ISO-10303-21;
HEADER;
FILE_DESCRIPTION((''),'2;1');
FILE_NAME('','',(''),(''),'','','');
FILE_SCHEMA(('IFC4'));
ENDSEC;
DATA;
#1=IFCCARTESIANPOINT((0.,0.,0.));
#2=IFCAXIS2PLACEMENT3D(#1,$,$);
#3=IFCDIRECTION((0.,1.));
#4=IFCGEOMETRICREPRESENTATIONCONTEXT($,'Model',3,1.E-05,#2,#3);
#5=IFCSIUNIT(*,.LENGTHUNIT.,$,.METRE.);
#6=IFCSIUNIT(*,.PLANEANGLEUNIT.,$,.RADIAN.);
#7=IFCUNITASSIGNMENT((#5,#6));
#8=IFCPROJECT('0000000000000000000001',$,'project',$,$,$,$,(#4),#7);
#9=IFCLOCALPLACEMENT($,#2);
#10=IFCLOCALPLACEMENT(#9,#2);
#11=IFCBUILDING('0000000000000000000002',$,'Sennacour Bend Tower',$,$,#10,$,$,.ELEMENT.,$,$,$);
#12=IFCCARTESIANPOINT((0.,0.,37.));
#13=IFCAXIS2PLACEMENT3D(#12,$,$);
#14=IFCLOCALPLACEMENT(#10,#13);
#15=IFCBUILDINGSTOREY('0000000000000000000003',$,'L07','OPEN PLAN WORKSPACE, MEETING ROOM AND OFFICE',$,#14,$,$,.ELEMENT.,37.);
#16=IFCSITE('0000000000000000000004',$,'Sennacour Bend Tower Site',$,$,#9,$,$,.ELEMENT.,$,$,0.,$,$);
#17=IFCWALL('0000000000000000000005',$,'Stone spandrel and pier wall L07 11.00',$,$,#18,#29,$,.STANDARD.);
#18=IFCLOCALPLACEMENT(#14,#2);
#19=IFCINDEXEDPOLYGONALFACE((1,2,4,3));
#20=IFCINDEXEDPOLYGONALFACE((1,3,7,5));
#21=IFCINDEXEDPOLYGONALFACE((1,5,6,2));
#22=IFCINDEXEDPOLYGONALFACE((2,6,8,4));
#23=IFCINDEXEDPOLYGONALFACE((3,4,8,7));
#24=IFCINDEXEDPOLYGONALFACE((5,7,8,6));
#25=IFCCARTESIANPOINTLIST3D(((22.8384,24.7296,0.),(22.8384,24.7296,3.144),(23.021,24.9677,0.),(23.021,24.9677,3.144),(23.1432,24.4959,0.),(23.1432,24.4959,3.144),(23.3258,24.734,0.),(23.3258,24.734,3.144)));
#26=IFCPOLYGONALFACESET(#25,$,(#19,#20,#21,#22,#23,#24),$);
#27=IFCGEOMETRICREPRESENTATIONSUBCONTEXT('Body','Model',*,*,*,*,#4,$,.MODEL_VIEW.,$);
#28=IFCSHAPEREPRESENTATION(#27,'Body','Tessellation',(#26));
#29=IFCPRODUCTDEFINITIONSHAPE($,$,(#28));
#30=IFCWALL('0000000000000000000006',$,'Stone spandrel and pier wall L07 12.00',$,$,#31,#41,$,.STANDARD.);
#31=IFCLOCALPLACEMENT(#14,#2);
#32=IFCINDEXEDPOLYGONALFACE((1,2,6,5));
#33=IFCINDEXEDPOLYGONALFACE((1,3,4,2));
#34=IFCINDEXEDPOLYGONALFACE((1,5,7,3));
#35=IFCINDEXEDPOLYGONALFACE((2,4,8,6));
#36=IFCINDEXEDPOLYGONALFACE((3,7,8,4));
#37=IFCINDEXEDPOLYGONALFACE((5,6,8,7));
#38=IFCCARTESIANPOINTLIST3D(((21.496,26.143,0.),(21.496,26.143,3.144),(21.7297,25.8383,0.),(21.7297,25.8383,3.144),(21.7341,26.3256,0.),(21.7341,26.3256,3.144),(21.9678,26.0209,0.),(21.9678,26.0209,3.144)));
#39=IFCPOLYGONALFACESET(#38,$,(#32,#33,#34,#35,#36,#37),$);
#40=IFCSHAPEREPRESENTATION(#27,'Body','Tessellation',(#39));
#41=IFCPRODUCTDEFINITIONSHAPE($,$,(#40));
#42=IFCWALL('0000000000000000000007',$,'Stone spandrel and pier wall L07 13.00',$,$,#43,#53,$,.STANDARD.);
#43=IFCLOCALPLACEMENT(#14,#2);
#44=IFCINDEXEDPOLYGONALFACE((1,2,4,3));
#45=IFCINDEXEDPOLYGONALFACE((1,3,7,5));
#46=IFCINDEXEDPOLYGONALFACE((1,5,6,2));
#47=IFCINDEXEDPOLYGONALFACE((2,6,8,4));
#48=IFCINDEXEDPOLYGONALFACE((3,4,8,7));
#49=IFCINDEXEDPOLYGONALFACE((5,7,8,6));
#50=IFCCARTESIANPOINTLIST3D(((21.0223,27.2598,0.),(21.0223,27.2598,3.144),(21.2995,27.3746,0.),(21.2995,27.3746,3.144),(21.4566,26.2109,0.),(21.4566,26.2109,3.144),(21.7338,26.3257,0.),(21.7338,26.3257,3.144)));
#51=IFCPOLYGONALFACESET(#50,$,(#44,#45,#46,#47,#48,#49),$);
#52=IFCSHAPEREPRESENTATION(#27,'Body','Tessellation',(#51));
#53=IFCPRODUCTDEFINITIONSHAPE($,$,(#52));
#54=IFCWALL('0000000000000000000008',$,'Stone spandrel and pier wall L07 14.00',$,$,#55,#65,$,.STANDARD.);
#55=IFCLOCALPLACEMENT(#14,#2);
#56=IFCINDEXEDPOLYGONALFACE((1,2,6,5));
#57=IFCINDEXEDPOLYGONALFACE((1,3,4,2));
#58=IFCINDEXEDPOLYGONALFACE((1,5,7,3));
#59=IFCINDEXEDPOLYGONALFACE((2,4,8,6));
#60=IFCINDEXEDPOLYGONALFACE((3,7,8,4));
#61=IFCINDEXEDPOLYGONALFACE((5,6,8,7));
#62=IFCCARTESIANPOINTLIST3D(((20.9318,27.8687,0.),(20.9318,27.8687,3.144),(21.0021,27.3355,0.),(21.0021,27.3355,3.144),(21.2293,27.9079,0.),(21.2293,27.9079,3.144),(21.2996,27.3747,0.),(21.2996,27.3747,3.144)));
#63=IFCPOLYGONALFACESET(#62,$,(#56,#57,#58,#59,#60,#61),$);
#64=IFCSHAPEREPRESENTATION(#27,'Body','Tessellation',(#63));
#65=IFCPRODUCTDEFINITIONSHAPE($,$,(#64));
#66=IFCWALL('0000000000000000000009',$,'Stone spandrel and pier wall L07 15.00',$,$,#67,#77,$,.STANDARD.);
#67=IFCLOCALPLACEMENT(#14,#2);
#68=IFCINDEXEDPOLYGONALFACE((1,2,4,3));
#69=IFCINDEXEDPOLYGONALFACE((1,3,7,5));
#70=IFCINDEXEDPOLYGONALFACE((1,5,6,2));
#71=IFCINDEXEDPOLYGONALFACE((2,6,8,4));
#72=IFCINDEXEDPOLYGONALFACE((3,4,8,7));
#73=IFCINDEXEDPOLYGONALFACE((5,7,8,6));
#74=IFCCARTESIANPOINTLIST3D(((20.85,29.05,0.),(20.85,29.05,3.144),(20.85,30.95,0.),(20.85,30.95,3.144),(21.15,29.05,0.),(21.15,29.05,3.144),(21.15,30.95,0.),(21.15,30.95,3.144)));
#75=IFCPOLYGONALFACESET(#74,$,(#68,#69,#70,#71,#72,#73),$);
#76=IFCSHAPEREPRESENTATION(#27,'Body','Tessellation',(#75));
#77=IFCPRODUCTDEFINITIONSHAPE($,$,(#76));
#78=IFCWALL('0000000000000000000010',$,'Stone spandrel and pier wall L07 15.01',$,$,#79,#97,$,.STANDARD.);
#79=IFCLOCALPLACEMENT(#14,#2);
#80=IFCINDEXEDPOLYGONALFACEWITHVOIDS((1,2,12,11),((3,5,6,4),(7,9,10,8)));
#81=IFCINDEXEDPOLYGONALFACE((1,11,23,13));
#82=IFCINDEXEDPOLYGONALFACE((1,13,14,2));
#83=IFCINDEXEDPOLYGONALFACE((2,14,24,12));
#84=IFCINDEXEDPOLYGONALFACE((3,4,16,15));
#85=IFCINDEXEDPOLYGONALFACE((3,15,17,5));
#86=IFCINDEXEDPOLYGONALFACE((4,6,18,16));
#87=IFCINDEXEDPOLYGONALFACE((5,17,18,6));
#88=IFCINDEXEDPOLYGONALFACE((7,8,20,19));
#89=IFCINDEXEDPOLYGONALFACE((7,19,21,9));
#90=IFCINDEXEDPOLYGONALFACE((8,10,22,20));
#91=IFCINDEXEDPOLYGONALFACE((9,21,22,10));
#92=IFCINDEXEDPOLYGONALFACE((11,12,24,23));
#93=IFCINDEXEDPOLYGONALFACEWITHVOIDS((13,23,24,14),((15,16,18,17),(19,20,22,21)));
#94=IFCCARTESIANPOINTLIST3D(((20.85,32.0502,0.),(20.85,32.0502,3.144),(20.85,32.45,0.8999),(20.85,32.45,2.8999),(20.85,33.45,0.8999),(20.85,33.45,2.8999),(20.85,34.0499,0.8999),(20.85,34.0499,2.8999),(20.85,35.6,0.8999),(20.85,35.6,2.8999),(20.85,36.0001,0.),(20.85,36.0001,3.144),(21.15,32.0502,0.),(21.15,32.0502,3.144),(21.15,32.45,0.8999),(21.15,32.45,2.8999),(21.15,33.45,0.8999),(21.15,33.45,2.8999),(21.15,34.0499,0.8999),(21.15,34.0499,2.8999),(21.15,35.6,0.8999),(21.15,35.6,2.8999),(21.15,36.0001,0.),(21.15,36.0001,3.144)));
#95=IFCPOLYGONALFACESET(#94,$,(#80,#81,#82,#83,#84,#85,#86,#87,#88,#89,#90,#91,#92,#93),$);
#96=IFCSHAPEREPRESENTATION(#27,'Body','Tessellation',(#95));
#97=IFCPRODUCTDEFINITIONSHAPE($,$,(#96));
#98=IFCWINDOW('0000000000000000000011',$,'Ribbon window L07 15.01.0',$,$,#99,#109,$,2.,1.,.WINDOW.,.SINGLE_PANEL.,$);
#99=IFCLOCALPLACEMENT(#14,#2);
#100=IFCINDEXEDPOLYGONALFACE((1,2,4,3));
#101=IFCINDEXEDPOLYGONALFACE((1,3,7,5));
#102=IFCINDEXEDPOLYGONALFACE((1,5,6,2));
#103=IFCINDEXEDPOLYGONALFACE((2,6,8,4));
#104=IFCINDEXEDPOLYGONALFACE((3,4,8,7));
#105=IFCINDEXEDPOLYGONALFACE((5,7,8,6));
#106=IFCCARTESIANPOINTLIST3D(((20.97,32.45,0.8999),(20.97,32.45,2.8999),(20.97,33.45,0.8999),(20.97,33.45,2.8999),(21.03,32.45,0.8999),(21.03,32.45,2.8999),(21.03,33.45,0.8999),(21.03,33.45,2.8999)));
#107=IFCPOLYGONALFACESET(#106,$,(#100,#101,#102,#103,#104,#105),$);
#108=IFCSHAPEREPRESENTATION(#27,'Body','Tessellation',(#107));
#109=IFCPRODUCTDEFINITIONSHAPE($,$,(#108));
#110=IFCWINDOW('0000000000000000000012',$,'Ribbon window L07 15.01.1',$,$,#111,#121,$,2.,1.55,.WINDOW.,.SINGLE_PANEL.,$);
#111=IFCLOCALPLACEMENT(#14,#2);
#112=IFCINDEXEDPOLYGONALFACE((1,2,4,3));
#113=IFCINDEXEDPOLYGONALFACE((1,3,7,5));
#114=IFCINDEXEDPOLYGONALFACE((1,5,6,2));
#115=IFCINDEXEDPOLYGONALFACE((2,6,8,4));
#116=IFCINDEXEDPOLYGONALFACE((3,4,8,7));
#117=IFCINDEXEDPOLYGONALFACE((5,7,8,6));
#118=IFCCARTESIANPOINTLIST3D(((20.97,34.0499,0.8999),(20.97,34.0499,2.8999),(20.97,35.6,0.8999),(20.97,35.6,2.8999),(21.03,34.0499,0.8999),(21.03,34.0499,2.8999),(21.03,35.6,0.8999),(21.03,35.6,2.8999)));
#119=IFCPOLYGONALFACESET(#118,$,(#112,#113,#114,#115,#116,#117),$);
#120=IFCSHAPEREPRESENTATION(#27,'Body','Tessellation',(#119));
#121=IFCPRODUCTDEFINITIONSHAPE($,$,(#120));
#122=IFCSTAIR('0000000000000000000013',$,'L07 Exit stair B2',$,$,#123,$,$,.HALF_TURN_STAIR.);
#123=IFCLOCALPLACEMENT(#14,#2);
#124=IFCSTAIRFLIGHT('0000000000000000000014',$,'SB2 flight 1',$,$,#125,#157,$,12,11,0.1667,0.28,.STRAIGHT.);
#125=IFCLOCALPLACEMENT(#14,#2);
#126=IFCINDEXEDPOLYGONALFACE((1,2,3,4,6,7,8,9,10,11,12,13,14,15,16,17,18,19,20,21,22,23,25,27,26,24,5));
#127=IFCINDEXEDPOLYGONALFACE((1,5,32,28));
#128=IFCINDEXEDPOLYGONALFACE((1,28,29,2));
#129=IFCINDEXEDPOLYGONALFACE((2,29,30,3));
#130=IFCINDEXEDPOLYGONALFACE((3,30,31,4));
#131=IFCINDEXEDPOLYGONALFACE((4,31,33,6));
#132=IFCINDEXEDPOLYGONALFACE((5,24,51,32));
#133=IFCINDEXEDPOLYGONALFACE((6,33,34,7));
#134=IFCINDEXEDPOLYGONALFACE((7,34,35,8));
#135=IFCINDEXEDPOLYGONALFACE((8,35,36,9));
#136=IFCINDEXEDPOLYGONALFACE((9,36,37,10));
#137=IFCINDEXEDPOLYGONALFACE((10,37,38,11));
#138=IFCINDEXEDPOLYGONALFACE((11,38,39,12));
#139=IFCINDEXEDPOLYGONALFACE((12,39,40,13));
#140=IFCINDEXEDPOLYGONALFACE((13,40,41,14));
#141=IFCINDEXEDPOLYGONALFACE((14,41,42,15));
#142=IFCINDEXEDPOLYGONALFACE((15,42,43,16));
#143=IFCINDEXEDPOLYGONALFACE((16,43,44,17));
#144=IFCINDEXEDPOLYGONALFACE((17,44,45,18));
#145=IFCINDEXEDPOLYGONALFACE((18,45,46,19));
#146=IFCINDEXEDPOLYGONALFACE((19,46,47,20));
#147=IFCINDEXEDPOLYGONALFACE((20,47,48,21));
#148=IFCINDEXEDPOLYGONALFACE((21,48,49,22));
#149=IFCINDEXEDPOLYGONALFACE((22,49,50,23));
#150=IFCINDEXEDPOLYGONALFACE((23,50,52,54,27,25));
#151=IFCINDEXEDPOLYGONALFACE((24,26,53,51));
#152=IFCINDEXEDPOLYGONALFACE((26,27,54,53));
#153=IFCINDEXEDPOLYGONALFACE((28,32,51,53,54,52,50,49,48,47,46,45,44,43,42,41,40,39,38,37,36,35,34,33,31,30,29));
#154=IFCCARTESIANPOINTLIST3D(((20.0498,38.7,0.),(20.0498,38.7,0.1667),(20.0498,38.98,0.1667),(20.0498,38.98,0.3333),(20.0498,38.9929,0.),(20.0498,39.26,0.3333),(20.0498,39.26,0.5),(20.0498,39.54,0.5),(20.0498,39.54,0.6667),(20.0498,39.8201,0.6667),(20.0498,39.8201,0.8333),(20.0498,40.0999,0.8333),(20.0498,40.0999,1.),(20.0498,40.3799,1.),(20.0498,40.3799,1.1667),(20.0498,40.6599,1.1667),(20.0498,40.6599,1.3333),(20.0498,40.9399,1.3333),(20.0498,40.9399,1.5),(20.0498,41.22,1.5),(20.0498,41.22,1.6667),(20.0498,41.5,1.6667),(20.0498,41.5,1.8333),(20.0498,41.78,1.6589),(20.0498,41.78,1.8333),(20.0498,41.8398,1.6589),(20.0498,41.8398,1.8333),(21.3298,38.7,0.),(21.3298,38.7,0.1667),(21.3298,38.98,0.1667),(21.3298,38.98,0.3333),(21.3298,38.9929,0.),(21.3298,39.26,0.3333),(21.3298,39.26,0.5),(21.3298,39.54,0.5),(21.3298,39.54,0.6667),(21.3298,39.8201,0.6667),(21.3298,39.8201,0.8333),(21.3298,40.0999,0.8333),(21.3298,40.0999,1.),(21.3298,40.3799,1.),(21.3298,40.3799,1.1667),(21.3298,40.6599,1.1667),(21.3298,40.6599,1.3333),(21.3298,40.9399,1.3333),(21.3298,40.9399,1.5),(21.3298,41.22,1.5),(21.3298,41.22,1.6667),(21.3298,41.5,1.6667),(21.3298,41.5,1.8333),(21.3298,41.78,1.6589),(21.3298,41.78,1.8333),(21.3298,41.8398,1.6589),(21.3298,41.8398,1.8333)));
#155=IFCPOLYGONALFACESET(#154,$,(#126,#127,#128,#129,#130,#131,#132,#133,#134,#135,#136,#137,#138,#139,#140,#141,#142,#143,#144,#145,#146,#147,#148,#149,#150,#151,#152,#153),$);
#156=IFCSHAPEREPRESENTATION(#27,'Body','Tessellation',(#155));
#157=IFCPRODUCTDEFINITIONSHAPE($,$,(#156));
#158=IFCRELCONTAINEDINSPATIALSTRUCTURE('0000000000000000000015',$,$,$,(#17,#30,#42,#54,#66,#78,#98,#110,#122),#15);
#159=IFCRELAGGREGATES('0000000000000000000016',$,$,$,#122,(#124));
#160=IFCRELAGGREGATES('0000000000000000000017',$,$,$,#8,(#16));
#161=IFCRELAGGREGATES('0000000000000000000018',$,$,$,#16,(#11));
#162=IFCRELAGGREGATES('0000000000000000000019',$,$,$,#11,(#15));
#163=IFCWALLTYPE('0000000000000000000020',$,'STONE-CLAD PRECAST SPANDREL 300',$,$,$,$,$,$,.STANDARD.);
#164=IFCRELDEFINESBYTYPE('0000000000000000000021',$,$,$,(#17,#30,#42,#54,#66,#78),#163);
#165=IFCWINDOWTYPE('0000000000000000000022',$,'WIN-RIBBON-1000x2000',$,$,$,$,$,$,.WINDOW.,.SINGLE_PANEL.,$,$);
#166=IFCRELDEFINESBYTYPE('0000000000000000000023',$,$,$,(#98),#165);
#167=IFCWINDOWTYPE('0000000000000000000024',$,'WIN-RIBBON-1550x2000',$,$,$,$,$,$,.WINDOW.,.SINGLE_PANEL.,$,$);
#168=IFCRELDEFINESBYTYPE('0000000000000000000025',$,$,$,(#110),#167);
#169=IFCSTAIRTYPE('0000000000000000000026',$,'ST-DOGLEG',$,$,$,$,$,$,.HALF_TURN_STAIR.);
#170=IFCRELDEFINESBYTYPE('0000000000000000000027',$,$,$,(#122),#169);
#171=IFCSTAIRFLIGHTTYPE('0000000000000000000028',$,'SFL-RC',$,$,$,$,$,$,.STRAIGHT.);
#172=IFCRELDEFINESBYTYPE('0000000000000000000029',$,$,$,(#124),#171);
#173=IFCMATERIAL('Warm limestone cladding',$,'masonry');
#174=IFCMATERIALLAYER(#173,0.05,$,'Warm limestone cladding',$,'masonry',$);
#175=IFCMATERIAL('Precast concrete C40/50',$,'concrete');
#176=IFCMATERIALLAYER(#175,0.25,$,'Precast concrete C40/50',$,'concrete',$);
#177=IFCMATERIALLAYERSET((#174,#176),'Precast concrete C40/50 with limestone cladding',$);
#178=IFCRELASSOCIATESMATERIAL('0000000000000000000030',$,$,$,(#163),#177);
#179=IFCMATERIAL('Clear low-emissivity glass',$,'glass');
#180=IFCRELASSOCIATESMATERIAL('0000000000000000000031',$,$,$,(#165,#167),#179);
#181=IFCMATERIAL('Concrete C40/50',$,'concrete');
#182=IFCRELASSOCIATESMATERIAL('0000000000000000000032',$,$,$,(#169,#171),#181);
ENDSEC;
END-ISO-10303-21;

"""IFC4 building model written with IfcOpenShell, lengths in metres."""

from ifc_helpers import new_model, si_unit, direction, frame, frame_2d, origin, place, context, subcontext, project, spatial, polyline, rectangle, outline, extrude, material, layer, layer_set, type_object, element, fill, aggregate, save


model = new_model("IFC4")

# Units and contexts
model_context = context("Model", 3, precision=1e-05, world=origin(), true_north=direction((0.0, 1.0)))
body_context = subcontext(model_context, "Body", "Model", "MODEL_VIEW")
ifc_project = project(units=[si_unit("LENGTHUNIT", "METRE"), si_unit("PLANEANGLEUNIT", "RADIAN")], contexts=[model_context])

# Site, building, storey
site_placement = place(None, origin())
site = spatial("IfcSite", under=ifc_project, at=site_placement, Name="Sennacour Bend Tower Site", CompositionType="ELEMENT", RefElevation=0.0)
building_placement = place(site_placement, origin())
building = spatial("IfcBuilding", under=site, at=building_placement, Name="Sennacour Bend Tower", CompositionType="ELEMENT")
storey_placement = place(building_placement, frame((0.0, 0.0, 37.0)))
storey = spatial("IfcBuildingStorey", under=building, at=storey_placement, Name="L07", Description="OPEN PLAN WORKSPACE, MEETING ROOM AND OFFICE", CompositionType="ELEMENT", Elevation=37.0)

# Shared definitions
ifc_material_1 = material(Name="Warm limestone cladding", Category="masonry")
ifc_layer_1 = layer(ifc_material_1, 0.05, Name="Warm limestone cladding", Category="masonry")
ifc_material_2 = material(Name="Precast concrete C40/50", Category="concrete")
ifc_layer_2 = layer(ifc_material_2, 0.25, Name="Precast concrete C40/50", Category="concrete")
ifc_layer_set_1 = layer_set([ifc_layer_1, ifc_layer_2], Name="Precast concrete C40/50 with limestone cladding")
wall_type_1 = type_object("IfcWallType", Name="STONE-CLAD PRECAST SPANDREL 300", PredefinedType="STANDARD", material=ifc_layer_set_1)
ifc_material_3 = material(Name="Clear low-emissivity glass", Category="glass")
window_type_1 = type_object("IfcWindowType", Name="WIN-RIBBON-1000x2000", PartitioningType="SINGLE_PANEL", PredefinedType="WINDOW", material=ifc_material_3)

# Walls
for number, where, z_axis, x_axis, name in (
    (1, (23.2344, 24.615, 0.0), (0.0, 0.0, 1.0), (-0.793545, 0.608512, 0.0), "Stone spandrel and pier wall L07 11.00"),
    (2, (21.8486, 25.9297, 0.0), (0.0, 0.0, 1.0), (-0.608512, 0.793545, 0.0), "Stone spandrel and pier wall L07 12.00"),
):
    element("IfcWall", number, at=place(storey_placement, frame(where, z_axis=z_axis, x_axis=x_axis)), inside=storey, type_object=wall_type_1, Name=name, PredefinedType="STANDARD", context=body_context, shape_type="SweptSolid", body=[
        extrude(rectangle(XDim=0.384, YDim=0.3, at=frame_2d((0.1919, 0.0))), origin(), (0.0, 0.0, 1.0), 3.144),
    ])
wall_1_placement = place(storey_placement, frame((21.5952, 26.2683, 0.0), z_axis=(0.0, 0.0, 1.0), x_axis=(-0.382599, 0.923915, 0.0)))
element("IfcWall", 3, at=wall_1_placement, inside=storey, type_object=wall_type_1, Name="Stone spandrel and pier wall L07 13.00", PredefinedType="STANDARD", context=body_context, shape_type="SweptSolid", body=[
    extrude(rectangle(XDim=1.1353, YDim=0.3, at=frame_2d((0.5676, 0.0))), origin(), (0.0, 0.0, 1.0), 3.144),
])
wall_2_placement = place(storey_placement, frame((21.1509, 27.355, 0.0), z_axis=(0.0, 0.0, 1.0), x_axis=(-0.130736, 0.991417, 0.0)))
element("IfcWall", 4, at=wall_2_placement, inside=storey, type_object=wall_type_1, Name="Stone spandrel and pier wall L07 14.00", PredefinedType="STANDARD", context=body_context, shape_type="SweptSolid", body=[
    extrude(rectangle(XDim=0.5378, YDim=0.3, at=frame_2d((0.269, 0.0))), origin(), (0.0, 0.0, 1.0), 3.144),
])
wall_3_placement = place(storey_placement, frame((21.0, 29.05, 0.0), z_axis=(0.0, 0.0, 1.0), x_axis=(0.0, 1.0, 0.0)))
element("IfcWall", 5, at=wall_3_placement, inside=storey, type_object=wall_type_1, Name="Stone spandrel and pier wall L07 15.00", PredefinedType="STANDARD", context=body_context, shape_type="SweptSolid", body=[
    extrude(rectangle(XDim=1.8999, YDim=0.3, at=frame_2d((0.95, 0.0))), origin(), (0.0, 0.0, 1.0), 3.144),
])

# Wall, openings, windows
wall_4_placement = place(storey_placement, frame((21.0, 32.05, 0.0), z_axis=(0.0, 0.0, 1.0), x_axis=(0.0, 1.0, 0.0)))
wall_4 = element("IfcWall", 6, at=wall_4_placement, inside=storey, type_object=wall_type_1, Name="Stone spandrel and pier wall L07 15.01", PredefinedType="STANDARD", context=body_context, shape_type="SweptSolid", body=[
    extrude(rectangle(XDim=3.95, YDim=0.3, at=frame_2d((1.9751, 0.0))), origin(), (0.0, 0.0, 1.0), 3.144),
])
opening_1_placement = place(wall_4_placement, frame((0.3999, 0.0, 0.8999)))
opening_1 = element("IfcOpeningElement", 7, at=opening_1_placement, cuts=wall_4, PredefinedType="OPENING", context=body_context, shape_type="SweptSolid", body=[
    extrude(rectangle(XDim=1.0, YDim=2.0, at=frame_2d((0.5, 1.0))), frame((0.0, 0.1602, 0.0), z_axis=(0.0, -1.0, 0.0), x_axis=(1.0, 0.0, 0.0)), (0.0, 0.0, 1.0), 0.3201),
])
opening_2_placement = place(wall_4_placement, frame((2.0, 0.0, 0.8999)))
opening_2 = element("IfcOpeningElement", 8, at=opening_2_placement, cuts=wall_4, PredefinedType="OPENING", context=body_context, shape_type="SweptSolid", body=[
    extrude(rectangle(XDim=1.55, YDim=2.0, at=frame_2d((0.7749, 1.0))), frame((0.0, 0.1602, 0.0), z_axis=(0.0, -1.0, 0.0), x_axis=(1.0, 0.0, 0.0)), (0.0, 0.0, 1.0), 0.3201),
])
window_1_placement = place(opening_1_placement, origin())
window_1 = element("IfcWindow", 9, at=window_1_placement, inside=storey, type_object=window_type_1, Name="Ribbon window L07 15.01.0", OverallHeight=2.0, OverallWidth=1.0, PartitioningType="SINGLE_PANEL", PredefinedType="WINDOW", context=body_context, shape_type="SweptSolid", body=[
    extrude(rectangle(XDim=1.0, YDim=2.0, at=frame_2d((0.5, 1.0))), frame((0.0, 0.03, 0.0), z_axis=(0.0, -1.0, 0.0), x_axis=(1.0, 0.0, 0.0)), (0.0, 0.0, 1.0), 0.0601),
])
fill(opening_1, window_1)
window_type_2 = type_object("IfcWindowType", Name="WIN-RIBBON-1550x2000", PartitioningType="SINGLE_PANEL", PredefinedType="WINDOW", material=ifc_material_3)
window_2_placement = place(opening_2_placement, origin())
window_2 = element("IfcWindow", 10, at=window_2_placement, inside=storey, type_object=window_type_2, Name="Ribbon window L07 15.01.1", OverallHeight=2.0, OverallWidth=1.55, PartitioningType="SINGLE_PANEL", PredefinedType="WINDOW", context=body_context, shape_type="SweptSolid", body=[
    extrude(rectangle(XDim=1.55, YDim=2.0, at=frame_2d((0.7749, 1.0))), frame((0.0, 0.03, 0.0), z_axis=(0.0, -1.0, 0.0), x_axis=(1.0, 0.0, 0.0)), (0.0, 0.0, 1.0), 0.0601),
])
fill(opening_2, window_2)

# Stair, stair flight
ifc_material_4 = material(Name="Concrete C40/50", Category="concrete")
stair_type = type_object("IfcStairType", Name="ST-DOGLEG", PredefinedType="HALF_TURN_STAIR", material=ifc_material_4)
stair_placement = place(storey_placement, origin())
stair = element("IfcStair", 11, at=stair_placement, inside=storey, type_object=stair_type, Name="L07 Exit stair B2", PredefinedType="HALF_TURN_STAIR")
stair_flight_type = type_object("IfcStairFlightType", Name="SFL-RC", PredefinedType="STRAIGHT", material=ifc_material_4)
stair_flight_placement = place(storey_placement, frame((20.6899, 38.7, 0.0), z_axis=(0.0, 0.0, 1.0), x_axis=(0.0, 1.0, 0.0)))
stair_flight = element("IfcStairFlight", 12, at=stair_flight_placement, type_object=stair_flight_type, Name="SB2 flight 1", NumberOfRisers=12, NumberOfTreads=11, PredefinedType="STRAIGHT", RiserHeight=0.1667, TreadLength=0.28, context=body_context, shape_type="SweptSolid", body=[
    extrude(outline(polyline([(0.0, 0.0), (0.0, 0.1667), (0.28, 0.1667), (0.28, 0.3333), (0.5601, 0.3333), (0.5601, 0.5), (0.8401, 0.5), (0.8401, 0.6667), (1.1201, 0.6667), (1.1201, 0.8333), (1.3999, 0.8333), (1.3999, 1.0), (1.6799, 1.0), (1.6799, 1.1667), (1.96, 1.1667), (1.96, 1.3333), (2.24, 1.3333), (2.24, 1.5), (2.52, 1.5), (2.52, 1.6667), (2.8, 1.6667), (2.8, 1.8333), (3.0801, 1.8333), (3.1399, 1.8333), (3.1399, 1.6589), (3.0801, 1.6589), (0.293, 0.0), (0.0, 0.0)])), frame((0.0, 0.6401, 0.0), z_axis=(0.0, -1.0, 0.0), x_axis=(1.0, 0.0, 0.0)), (0.0, 0.0, 1.0), 1.28),
])
aggregate(stair, [stair_flight])

save(model, "model.ifc")
